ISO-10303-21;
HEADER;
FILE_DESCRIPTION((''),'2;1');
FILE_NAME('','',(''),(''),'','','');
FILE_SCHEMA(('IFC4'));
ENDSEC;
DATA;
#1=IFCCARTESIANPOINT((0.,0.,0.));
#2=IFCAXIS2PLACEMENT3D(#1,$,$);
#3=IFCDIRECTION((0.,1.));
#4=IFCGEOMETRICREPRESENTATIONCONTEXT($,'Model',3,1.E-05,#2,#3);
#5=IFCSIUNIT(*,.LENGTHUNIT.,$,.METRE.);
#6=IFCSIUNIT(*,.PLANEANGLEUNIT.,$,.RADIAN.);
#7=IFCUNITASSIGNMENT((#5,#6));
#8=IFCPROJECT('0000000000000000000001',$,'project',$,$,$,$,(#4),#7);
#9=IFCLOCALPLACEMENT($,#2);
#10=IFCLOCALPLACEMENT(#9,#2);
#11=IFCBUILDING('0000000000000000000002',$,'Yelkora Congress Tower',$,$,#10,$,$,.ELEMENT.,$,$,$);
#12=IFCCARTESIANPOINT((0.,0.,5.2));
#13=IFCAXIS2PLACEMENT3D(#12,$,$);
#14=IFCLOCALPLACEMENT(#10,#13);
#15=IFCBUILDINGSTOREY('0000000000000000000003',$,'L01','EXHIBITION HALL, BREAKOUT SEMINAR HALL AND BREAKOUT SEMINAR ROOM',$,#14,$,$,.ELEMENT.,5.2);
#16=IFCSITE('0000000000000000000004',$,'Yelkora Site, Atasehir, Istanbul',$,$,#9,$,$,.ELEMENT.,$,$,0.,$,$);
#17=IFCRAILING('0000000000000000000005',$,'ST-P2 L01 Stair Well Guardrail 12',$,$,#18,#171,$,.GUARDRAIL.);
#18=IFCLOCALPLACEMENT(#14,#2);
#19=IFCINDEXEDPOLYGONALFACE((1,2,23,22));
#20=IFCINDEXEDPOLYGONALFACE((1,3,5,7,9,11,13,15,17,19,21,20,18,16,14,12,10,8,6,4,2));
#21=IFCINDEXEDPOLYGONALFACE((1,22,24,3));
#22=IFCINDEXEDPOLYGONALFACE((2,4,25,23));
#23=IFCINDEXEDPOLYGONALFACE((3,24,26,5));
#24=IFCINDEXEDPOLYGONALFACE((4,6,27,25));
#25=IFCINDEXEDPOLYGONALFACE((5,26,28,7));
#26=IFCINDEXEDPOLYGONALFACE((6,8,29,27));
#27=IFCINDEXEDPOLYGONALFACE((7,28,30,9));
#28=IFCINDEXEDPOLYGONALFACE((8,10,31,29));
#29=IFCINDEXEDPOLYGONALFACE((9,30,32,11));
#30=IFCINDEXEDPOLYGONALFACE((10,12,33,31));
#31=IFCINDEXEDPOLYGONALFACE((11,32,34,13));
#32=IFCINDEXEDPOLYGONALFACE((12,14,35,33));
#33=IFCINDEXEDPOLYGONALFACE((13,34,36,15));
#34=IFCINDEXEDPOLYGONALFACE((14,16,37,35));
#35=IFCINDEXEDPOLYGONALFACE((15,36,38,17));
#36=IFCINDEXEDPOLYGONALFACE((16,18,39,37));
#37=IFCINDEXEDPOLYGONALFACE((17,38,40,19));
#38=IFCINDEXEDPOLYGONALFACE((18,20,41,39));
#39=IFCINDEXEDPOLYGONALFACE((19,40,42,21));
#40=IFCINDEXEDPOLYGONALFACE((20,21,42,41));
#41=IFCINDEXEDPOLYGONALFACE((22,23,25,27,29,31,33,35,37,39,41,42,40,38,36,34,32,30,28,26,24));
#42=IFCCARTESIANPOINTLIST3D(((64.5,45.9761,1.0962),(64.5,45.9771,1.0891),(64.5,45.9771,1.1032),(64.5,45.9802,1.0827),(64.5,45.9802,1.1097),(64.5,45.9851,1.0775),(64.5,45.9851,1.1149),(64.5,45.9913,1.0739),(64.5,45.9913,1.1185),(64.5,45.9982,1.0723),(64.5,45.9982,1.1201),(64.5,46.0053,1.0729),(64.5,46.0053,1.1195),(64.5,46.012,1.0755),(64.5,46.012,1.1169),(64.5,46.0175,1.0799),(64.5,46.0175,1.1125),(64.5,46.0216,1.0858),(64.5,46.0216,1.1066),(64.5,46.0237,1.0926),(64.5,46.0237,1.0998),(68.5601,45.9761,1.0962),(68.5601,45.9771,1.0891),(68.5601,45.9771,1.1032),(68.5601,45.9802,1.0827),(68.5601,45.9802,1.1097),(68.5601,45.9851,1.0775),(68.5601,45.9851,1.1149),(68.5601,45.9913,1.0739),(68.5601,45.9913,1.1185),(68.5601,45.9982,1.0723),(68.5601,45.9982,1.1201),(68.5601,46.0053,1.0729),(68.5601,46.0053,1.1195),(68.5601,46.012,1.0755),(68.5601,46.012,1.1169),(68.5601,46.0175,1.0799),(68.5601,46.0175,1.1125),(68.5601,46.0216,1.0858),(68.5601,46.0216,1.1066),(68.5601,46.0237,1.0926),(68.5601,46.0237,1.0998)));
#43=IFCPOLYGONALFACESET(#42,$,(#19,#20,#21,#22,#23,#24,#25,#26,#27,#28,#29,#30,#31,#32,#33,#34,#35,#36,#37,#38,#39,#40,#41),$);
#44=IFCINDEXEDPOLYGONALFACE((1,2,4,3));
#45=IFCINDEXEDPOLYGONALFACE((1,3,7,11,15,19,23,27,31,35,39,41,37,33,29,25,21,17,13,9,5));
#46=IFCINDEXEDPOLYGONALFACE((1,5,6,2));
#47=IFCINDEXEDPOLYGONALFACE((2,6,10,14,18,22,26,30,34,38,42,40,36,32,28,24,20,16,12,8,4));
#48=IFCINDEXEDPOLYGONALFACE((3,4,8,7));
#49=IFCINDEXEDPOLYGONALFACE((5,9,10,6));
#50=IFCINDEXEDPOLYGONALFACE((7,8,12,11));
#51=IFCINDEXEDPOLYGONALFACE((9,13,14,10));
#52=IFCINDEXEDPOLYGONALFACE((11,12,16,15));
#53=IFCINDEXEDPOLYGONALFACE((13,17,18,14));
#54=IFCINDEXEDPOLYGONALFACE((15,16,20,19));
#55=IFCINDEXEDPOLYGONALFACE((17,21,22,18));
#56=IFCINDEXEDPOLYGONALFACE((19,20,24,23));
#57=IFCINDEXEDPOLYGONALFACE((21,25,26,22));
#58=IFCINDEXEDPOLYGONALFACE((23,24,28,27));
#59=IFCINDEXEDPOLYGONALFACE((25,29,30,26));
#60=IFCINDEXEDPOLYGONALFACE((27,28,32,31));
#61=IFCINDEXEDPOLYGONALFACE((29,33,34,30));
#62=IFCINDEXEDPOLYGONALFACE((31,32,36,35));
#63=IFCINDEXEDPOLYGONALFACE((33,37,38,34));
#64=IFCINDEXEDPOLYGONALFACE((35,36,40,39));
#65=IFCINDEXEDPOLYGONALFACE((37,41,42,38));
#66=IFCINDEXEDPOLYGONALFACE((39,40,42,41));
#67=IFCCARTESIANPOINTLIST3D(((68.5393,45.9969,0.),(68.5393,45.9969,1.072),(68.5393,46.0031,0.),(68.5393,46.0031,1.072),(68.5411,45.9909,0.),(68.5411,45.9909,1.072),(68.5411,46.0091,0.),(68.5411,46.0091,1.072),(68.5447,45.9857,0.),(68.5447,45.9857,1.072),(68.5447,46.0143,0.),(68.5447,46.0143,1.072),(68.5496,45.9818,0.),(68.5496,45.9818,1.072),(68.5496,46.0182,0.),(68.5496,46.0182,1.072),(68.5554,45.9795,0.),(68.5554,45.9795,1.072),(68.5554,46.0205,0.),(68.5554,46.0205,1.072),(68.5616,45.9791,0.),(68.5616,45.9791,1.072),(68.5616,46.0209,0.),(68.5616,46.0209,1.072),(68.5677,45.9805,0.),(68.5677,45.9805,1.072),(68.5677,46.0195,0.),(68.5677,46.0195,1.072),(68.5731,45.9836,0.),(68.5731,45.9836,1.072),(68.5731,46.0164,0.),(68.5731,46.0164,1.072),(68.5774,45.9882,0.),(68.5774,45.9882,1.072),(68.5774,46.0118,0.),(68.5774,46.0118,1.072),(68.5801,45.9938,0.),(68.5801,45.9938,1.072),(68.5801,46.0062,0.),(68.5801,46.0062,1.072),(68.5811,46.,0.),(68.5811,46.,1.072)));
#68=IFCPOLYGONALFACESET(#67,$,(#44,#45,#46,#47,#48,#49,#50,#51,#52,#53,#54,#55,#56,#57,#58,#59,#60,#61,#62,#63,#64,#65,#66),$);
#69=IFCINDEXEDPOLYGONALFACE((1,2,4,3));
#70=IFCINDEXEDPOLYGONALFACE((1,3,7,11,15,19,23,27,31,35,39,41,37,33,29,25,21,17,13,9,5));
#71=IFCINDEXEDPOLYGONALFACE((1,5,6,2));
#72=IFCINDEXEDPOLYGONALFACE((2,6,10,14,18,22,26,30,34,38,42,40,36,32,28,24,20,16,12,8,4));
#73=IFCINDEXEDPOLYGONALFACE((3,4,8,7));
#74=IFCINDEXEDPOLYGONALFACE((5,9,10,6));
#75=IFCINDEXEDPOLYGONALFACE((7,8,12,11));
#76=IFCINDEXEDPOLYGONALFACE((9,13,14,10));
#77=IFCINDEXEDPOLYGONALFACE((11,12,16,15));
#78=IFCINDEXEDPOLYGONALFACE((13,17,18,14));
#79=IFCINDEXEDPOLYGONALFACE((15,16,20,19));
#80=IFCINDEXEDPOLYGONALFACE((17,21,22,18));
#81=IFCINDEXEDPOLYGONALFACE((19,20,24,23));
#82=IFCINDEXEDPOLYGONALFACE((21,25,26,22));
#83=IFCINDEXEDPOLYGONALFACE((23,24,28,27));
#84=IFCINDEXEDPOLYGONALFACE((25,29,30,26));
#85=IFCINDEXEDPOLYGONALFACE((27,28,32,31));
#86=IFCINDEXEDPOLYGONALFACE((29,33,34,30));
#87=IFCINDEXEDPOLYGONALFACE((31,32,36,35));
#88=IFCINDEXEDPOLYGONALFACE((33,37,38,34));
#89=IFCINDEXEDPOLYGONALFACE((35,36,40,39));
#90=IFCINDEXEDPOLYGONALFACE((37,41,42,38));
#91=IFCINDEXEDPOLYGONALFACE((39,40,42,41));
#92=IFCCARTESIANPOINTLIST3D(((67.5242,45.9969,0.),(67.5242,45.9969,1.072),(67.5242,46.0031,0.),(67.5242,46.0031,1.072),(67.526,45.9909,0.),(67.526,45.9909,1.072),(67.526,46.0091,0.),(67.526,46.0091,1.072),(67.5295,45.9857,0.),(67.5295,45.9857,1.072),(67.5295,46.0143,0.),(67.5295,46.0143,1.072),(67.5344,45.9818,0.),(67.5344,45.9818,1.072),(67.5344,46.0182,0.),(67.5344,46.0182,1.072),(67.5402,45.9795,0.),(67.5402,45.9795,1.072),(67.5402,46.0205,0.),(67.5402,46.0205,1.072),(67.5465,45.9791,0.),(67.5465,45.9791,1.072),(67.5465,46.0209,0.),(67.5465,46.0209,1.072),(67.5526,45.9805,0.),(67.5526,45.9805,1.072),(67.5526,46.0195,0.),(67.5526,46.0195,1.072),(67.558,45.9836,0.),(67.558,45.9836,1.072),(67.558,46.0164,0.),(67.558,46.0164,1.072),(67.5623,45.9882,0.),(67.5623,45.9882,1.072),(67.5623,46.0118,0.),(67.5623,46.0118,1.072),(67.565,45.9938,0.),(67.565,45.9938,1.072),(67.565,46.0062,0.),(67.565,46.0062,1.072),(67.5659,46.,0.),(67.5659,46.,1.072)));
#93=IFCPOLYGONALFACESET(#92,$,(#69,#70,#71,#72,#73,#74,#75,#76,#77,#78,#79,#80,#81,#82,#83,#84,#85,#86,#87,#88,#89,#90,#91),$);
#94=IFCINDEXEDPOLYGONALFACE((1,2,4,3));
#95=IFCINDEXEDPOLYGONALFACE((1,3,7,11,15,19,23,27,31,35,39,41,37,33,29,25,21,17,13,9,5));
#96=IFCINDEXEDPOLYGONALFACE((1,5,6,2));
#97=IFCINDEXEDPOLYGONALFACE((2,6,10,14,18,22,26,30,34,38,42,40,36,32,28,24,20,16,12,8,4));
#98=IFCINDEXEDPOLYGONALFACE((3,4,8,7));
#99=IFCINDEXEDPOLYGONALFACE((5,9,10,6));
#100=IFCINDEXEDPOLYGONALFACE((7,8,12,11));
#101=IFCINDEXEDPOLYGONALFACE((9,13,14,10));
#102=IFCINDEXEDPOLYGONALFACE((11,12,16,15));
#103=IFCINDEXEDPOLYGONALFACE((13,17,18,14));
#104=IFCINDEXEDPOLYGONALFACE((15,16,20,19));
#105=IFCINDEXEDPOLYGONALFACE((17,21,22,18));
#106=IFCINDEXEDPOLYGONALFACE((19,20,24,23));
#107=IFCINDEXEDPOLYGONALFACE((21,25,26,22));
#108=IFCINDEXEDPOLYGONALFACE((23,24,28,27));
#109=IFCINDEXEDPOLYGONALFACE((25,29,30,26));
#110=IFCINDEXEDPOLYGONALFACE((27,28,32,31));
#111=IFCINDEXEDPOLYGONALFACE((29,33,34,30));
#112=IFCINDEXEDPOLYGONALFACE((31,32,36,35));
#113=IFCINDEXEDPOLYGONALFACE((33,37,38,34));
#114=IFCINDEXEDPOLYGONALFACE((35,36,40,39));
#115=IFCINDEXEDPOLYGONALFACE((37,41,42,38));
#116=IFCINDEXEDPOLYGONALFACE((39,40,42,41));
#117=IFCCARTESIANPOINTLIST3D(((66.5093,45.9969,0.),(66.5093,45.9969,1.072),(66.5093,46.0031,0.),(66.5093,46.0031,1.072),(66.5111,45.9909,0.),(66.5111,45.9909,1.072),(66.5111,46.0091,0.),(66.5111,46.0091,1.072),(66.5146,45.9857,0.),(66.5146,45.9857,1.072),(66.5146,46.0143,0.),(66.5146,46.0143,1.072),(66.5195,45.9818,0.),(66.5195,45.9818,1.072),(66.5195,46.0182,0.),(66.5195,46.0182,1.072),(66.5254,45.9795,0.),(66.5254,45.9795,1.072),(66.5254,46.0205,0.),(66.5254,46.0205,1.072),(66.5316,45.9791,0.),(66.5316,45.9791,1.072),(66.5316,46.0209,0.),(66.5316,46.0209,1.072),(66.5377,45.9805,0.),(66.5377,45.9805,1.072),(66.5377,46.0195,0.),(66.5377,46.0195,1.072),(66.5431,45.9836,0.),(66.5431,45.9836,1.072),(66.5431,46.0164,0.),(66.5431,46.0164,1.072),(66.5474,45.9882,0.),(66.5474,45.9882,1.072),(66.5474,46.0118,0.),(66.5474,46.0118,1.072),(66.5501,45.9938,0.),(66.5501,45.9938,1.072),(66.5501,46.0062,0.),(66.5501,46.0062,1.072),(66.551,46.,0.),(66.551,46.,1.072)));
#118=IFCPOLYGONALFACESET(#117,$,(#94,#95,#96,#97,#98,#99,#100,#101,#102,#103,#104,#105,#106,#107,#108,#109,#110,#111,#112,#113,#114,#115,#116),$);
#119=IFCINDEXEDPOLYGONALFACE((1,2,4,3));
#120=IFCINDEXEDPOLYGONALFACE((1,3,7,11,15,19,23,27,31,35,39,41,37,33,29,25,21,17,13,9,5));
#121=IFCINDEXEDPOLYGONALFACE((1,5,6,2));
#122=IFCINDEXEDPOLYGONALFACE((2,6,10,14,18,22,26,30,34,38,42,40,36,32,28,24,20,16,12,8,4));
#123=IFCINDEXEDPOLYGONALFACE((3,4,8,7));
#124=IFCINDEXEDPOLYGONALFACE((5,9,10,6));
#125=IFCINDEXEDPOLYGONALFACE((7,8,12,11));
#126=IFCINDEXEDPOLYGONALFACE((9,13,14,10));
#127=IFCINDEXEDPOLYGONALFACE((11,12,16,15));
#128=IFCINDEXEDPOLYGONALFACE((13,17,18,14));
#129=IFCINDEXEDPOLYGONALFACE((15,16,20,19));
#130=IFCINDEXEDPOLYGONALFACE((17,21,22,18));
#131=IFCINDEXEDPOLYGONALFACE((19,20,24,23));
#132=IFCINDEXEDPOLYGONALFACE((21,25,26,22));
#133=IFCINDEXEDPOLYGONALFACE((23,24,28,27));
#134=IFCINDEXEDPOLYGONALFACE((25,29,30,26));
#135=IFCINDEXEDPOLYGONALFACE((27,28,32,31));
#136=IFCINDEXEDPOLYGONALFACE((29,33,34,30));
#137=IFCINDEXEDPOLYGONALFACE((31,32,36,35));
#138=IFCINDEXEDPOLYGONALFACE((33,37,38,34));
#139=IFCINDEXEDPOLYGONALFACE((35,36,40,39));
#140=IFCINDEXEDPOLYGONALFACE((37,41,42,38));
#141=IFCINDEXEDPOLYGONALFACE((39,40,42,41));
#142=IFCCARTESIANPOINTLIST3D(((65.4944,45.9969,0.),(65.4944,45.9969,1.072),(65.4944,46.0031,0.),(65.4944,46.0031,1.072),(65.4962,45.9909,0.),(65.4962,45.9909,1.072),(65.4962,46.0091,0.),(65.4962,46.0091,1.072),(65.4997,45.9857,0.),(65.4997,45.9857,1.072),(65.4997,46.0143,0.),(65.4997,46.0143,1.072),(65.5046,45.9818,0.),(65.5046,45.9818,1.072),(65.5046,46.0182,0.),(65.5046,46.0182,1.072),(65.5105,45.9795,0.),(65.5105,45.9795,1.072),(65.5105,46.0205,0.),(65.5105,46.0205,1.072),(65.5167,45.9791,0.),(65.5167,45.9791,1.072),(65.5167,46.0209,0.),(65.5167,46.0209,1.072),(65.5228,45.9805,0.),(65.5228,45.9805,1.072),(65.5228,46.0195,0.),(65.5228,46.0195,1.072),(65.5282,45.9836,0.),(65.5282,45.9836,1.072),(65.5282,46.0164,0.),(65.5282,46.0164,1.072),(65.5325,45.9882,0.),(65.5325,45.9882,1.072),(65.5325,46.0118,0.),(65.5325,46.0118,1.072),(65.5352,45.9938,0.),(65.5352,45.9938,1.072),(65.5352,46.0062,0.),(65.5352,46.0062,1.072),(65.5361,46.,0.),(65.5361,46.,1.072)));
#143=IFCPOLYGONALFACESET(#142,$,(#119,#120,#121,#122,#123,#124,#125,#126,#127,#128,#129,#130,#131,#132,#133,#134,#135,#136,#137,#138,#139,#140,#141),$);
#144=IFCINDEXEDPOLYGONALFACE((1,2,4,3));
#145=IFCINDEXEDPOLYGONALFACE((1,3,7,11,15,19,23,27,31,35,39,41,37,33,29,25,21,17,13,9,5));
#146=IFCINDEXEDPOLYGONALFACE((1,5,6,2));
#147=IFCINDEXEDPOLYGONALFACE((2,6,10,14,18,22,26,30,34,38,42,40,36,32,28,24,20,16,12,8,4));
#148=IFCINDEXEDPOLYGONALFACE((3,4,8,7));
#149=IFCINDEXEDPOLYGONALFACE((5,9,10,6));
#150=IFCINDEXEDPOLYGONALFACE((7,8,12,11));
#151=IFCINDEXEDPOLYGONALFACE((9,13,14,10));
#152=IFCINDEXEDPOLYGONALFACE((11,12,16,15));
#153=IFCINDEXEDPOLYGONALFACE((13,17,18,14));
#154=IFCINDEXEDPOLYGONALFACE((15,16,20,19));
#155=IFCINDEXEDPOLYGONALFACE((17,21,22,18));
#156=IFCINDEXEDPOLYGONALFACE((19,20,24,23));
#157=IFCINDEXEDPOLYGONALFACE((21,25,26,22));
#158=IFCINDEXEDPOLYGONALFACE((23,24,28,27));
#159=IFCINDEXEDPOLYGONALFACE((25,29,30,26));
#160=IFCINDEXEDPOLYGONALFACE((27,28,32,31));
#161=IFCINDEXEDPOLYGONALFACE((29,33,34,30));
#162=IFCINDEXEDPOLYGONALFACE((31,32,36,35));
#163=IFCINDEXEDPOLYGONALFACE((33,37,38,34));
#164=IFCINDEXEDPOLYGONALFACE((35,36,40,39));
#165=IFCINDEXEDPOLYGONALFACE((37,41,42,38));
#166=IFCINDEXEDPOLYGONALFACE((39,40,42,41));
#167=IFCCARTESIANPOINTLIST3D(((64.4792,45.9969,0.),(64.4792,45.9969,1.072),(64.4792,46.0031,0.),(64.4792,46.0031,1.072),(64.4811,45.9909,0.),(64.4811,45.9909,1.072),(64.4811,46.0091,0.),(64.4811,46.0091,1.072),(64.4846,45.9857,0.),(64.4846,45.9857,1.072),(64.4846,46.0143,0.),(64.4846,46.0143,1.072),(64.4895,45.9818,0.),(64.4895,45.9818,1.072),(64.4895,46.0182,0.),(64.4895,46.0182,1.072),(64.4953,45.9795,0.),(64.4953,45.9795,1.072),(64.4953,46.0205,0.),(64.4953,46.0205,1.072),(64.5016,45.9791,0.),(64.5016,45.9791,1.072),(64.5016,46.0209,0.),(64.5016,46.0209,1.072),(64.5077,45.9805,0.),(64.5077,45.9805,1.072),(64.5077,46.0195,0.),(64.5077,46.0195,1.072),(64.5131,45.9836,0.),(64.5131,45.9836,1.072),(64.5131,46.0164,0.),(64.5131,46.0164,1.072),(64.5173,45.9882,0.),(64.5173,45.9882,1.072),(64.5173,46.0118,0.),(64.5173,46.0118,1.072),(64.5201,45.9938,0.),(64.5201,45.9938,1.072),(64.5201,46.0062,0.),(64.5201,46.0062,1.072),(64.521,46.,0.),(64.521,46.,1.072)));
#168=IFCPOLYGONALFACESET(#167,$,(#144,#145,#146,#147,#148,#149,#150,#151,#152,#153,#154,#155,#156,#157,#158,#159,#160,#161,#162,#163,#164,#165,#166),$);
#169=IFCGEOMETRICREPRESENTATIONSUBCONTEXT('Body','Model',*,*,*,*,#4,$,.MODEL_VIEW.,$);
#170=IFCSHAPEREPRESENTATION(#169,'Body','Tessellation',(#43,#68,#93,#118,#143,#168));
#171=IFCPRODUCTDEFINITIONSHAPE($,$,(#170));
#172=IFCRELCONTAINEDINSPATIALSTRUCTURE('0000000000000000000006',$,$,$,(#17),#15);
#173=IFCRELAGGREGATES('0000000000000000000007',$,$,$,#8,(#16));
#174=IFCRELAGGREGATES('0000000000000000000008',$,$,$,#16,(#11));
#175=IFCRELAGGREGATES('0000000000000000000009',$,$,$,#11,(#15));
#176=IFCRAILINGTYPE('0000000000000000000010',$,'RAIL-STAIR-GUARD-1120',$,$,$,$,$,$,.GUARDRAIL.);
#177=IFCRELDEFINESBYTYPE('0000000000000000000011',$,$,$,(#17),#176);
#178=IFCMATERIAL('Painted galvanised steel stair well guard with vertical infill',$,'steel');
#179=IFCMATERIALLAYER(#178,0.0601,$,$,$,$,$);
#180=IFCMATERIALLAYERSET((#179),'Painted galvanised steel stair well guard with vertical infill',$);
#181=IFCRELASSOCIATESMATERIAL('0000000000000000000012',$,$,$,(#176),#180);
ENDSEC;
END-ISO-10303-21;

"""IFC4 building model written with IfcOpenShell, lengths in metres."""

from ifc_helpers import new_model, si_unit, direction, frame, origin, origin_2d, place, context, subcontext, project, spatial, circle, extrude, material, layer, layer_set, type_object, element, save


model = new_model("IFC4")

# Units and contexts
model_context = context("Model", 3, precision=1e-05, world=origin(), true_north=direction((0.0, 1.0)))
body_context = subcontext(model_context, "Body", "Model", "MODEL_VIEW")
ifc_project = project(units=[si_unit("LENGTHUNIT", "METRE"), si_unit("PLANEANGLEUNIT", "RADIAN")], contexts=[model_context])

# Site, building, storey
site_placement = place(None, origin())
site = spatial("IfcSite", under=ifc_project, at=site_placement, Name="Yelkora Site, Atasehir, Istanbul", CompositionType="ELEMENT", RefElevation=0.0)
building_placement = place(site_placement, origin())
building = spatial("IfcBuilding", under=site, at=building_placement, Name="Yelkora Congress Tower", CompositionType="ELEMENT")
storey_placement = place(building_placement, frame((0.0, 0.0, 5.2)))
storey = spatial("IfcBuildingStorey", under=building, at=storey_placement, Name="L01", Description="EXHIBITION HALL, BREAKOUT SEMINAR HALL AND BREAKOUT SEMINAR ROOM", CompositionType="ELEMENT", Elevation=5.2)

# Railing
ifc_material_1 = material(Name="Painted galvanised steel stair well guard with vertical infill", Category="steel")
ifc_layer_1 = layer(ifc_material_1, 0.0601)
ifc_layer_set_1 = layer_set([ifc_layer_1], Name="Painted galvanised steel stair well guard with vertical infill")
railing_type_1 = type_object("IfcRailingType", Name="RAIL-STAIR-GUARD-1120", PredefinedType="GUARDRAIL", material=ifc_layer_set_1)
railing_1_placement = place(storey_placement, frame((68.5601, 46.0, 0.0)))
element("IfcRailing", 1, at=railing_1_placement, inside=storey, type_object=railing_type_1, Name="ST-P2 L01 Stair Well Guardrail 12", PredefinedType="GUARDRAIL", context=body_context, shape_type="SweptSolid", body=[
    extrude(circle(Radius=0.0239, at=origin_2d()), frame((0.0, 0.0, 1.0962), z_axis=(-1.0, 0.0, 0.0), x_axis=(0.0, -1.0, 0.0)), (0.0, 0.0, 1.0), 4.0601),
    extrude(circle(Radius=0.021, at=origin_2d()), origin(), (0.0, 0.0, 1.0), 1.072),
    extrude(circle(Radius=0.021, at=origin_2d()), frame((-1.0151, 0.0, 0.0)), (0.0, 0.0, 1.0), 1.072),
    extrude(circle(Radius=0.021, at=origin_2d()), frame((-2.03, 0.0, 0.0)), (0.0, 0.0, 1.0), 1.072),
    extrude(circle(Radius=0.021, at=origin_2d()), frame((-3.0449, 0.0, 0.0)), (0.0, 0.0, 1.0), 1.072),
    extrude(circle(Radius=0.021, at=origin_2d()), frame((-4.0601, 0.0, 0.0)), (0.0, 0.0, 1.0), 1.072),
])

save(model, "model.ifc")
